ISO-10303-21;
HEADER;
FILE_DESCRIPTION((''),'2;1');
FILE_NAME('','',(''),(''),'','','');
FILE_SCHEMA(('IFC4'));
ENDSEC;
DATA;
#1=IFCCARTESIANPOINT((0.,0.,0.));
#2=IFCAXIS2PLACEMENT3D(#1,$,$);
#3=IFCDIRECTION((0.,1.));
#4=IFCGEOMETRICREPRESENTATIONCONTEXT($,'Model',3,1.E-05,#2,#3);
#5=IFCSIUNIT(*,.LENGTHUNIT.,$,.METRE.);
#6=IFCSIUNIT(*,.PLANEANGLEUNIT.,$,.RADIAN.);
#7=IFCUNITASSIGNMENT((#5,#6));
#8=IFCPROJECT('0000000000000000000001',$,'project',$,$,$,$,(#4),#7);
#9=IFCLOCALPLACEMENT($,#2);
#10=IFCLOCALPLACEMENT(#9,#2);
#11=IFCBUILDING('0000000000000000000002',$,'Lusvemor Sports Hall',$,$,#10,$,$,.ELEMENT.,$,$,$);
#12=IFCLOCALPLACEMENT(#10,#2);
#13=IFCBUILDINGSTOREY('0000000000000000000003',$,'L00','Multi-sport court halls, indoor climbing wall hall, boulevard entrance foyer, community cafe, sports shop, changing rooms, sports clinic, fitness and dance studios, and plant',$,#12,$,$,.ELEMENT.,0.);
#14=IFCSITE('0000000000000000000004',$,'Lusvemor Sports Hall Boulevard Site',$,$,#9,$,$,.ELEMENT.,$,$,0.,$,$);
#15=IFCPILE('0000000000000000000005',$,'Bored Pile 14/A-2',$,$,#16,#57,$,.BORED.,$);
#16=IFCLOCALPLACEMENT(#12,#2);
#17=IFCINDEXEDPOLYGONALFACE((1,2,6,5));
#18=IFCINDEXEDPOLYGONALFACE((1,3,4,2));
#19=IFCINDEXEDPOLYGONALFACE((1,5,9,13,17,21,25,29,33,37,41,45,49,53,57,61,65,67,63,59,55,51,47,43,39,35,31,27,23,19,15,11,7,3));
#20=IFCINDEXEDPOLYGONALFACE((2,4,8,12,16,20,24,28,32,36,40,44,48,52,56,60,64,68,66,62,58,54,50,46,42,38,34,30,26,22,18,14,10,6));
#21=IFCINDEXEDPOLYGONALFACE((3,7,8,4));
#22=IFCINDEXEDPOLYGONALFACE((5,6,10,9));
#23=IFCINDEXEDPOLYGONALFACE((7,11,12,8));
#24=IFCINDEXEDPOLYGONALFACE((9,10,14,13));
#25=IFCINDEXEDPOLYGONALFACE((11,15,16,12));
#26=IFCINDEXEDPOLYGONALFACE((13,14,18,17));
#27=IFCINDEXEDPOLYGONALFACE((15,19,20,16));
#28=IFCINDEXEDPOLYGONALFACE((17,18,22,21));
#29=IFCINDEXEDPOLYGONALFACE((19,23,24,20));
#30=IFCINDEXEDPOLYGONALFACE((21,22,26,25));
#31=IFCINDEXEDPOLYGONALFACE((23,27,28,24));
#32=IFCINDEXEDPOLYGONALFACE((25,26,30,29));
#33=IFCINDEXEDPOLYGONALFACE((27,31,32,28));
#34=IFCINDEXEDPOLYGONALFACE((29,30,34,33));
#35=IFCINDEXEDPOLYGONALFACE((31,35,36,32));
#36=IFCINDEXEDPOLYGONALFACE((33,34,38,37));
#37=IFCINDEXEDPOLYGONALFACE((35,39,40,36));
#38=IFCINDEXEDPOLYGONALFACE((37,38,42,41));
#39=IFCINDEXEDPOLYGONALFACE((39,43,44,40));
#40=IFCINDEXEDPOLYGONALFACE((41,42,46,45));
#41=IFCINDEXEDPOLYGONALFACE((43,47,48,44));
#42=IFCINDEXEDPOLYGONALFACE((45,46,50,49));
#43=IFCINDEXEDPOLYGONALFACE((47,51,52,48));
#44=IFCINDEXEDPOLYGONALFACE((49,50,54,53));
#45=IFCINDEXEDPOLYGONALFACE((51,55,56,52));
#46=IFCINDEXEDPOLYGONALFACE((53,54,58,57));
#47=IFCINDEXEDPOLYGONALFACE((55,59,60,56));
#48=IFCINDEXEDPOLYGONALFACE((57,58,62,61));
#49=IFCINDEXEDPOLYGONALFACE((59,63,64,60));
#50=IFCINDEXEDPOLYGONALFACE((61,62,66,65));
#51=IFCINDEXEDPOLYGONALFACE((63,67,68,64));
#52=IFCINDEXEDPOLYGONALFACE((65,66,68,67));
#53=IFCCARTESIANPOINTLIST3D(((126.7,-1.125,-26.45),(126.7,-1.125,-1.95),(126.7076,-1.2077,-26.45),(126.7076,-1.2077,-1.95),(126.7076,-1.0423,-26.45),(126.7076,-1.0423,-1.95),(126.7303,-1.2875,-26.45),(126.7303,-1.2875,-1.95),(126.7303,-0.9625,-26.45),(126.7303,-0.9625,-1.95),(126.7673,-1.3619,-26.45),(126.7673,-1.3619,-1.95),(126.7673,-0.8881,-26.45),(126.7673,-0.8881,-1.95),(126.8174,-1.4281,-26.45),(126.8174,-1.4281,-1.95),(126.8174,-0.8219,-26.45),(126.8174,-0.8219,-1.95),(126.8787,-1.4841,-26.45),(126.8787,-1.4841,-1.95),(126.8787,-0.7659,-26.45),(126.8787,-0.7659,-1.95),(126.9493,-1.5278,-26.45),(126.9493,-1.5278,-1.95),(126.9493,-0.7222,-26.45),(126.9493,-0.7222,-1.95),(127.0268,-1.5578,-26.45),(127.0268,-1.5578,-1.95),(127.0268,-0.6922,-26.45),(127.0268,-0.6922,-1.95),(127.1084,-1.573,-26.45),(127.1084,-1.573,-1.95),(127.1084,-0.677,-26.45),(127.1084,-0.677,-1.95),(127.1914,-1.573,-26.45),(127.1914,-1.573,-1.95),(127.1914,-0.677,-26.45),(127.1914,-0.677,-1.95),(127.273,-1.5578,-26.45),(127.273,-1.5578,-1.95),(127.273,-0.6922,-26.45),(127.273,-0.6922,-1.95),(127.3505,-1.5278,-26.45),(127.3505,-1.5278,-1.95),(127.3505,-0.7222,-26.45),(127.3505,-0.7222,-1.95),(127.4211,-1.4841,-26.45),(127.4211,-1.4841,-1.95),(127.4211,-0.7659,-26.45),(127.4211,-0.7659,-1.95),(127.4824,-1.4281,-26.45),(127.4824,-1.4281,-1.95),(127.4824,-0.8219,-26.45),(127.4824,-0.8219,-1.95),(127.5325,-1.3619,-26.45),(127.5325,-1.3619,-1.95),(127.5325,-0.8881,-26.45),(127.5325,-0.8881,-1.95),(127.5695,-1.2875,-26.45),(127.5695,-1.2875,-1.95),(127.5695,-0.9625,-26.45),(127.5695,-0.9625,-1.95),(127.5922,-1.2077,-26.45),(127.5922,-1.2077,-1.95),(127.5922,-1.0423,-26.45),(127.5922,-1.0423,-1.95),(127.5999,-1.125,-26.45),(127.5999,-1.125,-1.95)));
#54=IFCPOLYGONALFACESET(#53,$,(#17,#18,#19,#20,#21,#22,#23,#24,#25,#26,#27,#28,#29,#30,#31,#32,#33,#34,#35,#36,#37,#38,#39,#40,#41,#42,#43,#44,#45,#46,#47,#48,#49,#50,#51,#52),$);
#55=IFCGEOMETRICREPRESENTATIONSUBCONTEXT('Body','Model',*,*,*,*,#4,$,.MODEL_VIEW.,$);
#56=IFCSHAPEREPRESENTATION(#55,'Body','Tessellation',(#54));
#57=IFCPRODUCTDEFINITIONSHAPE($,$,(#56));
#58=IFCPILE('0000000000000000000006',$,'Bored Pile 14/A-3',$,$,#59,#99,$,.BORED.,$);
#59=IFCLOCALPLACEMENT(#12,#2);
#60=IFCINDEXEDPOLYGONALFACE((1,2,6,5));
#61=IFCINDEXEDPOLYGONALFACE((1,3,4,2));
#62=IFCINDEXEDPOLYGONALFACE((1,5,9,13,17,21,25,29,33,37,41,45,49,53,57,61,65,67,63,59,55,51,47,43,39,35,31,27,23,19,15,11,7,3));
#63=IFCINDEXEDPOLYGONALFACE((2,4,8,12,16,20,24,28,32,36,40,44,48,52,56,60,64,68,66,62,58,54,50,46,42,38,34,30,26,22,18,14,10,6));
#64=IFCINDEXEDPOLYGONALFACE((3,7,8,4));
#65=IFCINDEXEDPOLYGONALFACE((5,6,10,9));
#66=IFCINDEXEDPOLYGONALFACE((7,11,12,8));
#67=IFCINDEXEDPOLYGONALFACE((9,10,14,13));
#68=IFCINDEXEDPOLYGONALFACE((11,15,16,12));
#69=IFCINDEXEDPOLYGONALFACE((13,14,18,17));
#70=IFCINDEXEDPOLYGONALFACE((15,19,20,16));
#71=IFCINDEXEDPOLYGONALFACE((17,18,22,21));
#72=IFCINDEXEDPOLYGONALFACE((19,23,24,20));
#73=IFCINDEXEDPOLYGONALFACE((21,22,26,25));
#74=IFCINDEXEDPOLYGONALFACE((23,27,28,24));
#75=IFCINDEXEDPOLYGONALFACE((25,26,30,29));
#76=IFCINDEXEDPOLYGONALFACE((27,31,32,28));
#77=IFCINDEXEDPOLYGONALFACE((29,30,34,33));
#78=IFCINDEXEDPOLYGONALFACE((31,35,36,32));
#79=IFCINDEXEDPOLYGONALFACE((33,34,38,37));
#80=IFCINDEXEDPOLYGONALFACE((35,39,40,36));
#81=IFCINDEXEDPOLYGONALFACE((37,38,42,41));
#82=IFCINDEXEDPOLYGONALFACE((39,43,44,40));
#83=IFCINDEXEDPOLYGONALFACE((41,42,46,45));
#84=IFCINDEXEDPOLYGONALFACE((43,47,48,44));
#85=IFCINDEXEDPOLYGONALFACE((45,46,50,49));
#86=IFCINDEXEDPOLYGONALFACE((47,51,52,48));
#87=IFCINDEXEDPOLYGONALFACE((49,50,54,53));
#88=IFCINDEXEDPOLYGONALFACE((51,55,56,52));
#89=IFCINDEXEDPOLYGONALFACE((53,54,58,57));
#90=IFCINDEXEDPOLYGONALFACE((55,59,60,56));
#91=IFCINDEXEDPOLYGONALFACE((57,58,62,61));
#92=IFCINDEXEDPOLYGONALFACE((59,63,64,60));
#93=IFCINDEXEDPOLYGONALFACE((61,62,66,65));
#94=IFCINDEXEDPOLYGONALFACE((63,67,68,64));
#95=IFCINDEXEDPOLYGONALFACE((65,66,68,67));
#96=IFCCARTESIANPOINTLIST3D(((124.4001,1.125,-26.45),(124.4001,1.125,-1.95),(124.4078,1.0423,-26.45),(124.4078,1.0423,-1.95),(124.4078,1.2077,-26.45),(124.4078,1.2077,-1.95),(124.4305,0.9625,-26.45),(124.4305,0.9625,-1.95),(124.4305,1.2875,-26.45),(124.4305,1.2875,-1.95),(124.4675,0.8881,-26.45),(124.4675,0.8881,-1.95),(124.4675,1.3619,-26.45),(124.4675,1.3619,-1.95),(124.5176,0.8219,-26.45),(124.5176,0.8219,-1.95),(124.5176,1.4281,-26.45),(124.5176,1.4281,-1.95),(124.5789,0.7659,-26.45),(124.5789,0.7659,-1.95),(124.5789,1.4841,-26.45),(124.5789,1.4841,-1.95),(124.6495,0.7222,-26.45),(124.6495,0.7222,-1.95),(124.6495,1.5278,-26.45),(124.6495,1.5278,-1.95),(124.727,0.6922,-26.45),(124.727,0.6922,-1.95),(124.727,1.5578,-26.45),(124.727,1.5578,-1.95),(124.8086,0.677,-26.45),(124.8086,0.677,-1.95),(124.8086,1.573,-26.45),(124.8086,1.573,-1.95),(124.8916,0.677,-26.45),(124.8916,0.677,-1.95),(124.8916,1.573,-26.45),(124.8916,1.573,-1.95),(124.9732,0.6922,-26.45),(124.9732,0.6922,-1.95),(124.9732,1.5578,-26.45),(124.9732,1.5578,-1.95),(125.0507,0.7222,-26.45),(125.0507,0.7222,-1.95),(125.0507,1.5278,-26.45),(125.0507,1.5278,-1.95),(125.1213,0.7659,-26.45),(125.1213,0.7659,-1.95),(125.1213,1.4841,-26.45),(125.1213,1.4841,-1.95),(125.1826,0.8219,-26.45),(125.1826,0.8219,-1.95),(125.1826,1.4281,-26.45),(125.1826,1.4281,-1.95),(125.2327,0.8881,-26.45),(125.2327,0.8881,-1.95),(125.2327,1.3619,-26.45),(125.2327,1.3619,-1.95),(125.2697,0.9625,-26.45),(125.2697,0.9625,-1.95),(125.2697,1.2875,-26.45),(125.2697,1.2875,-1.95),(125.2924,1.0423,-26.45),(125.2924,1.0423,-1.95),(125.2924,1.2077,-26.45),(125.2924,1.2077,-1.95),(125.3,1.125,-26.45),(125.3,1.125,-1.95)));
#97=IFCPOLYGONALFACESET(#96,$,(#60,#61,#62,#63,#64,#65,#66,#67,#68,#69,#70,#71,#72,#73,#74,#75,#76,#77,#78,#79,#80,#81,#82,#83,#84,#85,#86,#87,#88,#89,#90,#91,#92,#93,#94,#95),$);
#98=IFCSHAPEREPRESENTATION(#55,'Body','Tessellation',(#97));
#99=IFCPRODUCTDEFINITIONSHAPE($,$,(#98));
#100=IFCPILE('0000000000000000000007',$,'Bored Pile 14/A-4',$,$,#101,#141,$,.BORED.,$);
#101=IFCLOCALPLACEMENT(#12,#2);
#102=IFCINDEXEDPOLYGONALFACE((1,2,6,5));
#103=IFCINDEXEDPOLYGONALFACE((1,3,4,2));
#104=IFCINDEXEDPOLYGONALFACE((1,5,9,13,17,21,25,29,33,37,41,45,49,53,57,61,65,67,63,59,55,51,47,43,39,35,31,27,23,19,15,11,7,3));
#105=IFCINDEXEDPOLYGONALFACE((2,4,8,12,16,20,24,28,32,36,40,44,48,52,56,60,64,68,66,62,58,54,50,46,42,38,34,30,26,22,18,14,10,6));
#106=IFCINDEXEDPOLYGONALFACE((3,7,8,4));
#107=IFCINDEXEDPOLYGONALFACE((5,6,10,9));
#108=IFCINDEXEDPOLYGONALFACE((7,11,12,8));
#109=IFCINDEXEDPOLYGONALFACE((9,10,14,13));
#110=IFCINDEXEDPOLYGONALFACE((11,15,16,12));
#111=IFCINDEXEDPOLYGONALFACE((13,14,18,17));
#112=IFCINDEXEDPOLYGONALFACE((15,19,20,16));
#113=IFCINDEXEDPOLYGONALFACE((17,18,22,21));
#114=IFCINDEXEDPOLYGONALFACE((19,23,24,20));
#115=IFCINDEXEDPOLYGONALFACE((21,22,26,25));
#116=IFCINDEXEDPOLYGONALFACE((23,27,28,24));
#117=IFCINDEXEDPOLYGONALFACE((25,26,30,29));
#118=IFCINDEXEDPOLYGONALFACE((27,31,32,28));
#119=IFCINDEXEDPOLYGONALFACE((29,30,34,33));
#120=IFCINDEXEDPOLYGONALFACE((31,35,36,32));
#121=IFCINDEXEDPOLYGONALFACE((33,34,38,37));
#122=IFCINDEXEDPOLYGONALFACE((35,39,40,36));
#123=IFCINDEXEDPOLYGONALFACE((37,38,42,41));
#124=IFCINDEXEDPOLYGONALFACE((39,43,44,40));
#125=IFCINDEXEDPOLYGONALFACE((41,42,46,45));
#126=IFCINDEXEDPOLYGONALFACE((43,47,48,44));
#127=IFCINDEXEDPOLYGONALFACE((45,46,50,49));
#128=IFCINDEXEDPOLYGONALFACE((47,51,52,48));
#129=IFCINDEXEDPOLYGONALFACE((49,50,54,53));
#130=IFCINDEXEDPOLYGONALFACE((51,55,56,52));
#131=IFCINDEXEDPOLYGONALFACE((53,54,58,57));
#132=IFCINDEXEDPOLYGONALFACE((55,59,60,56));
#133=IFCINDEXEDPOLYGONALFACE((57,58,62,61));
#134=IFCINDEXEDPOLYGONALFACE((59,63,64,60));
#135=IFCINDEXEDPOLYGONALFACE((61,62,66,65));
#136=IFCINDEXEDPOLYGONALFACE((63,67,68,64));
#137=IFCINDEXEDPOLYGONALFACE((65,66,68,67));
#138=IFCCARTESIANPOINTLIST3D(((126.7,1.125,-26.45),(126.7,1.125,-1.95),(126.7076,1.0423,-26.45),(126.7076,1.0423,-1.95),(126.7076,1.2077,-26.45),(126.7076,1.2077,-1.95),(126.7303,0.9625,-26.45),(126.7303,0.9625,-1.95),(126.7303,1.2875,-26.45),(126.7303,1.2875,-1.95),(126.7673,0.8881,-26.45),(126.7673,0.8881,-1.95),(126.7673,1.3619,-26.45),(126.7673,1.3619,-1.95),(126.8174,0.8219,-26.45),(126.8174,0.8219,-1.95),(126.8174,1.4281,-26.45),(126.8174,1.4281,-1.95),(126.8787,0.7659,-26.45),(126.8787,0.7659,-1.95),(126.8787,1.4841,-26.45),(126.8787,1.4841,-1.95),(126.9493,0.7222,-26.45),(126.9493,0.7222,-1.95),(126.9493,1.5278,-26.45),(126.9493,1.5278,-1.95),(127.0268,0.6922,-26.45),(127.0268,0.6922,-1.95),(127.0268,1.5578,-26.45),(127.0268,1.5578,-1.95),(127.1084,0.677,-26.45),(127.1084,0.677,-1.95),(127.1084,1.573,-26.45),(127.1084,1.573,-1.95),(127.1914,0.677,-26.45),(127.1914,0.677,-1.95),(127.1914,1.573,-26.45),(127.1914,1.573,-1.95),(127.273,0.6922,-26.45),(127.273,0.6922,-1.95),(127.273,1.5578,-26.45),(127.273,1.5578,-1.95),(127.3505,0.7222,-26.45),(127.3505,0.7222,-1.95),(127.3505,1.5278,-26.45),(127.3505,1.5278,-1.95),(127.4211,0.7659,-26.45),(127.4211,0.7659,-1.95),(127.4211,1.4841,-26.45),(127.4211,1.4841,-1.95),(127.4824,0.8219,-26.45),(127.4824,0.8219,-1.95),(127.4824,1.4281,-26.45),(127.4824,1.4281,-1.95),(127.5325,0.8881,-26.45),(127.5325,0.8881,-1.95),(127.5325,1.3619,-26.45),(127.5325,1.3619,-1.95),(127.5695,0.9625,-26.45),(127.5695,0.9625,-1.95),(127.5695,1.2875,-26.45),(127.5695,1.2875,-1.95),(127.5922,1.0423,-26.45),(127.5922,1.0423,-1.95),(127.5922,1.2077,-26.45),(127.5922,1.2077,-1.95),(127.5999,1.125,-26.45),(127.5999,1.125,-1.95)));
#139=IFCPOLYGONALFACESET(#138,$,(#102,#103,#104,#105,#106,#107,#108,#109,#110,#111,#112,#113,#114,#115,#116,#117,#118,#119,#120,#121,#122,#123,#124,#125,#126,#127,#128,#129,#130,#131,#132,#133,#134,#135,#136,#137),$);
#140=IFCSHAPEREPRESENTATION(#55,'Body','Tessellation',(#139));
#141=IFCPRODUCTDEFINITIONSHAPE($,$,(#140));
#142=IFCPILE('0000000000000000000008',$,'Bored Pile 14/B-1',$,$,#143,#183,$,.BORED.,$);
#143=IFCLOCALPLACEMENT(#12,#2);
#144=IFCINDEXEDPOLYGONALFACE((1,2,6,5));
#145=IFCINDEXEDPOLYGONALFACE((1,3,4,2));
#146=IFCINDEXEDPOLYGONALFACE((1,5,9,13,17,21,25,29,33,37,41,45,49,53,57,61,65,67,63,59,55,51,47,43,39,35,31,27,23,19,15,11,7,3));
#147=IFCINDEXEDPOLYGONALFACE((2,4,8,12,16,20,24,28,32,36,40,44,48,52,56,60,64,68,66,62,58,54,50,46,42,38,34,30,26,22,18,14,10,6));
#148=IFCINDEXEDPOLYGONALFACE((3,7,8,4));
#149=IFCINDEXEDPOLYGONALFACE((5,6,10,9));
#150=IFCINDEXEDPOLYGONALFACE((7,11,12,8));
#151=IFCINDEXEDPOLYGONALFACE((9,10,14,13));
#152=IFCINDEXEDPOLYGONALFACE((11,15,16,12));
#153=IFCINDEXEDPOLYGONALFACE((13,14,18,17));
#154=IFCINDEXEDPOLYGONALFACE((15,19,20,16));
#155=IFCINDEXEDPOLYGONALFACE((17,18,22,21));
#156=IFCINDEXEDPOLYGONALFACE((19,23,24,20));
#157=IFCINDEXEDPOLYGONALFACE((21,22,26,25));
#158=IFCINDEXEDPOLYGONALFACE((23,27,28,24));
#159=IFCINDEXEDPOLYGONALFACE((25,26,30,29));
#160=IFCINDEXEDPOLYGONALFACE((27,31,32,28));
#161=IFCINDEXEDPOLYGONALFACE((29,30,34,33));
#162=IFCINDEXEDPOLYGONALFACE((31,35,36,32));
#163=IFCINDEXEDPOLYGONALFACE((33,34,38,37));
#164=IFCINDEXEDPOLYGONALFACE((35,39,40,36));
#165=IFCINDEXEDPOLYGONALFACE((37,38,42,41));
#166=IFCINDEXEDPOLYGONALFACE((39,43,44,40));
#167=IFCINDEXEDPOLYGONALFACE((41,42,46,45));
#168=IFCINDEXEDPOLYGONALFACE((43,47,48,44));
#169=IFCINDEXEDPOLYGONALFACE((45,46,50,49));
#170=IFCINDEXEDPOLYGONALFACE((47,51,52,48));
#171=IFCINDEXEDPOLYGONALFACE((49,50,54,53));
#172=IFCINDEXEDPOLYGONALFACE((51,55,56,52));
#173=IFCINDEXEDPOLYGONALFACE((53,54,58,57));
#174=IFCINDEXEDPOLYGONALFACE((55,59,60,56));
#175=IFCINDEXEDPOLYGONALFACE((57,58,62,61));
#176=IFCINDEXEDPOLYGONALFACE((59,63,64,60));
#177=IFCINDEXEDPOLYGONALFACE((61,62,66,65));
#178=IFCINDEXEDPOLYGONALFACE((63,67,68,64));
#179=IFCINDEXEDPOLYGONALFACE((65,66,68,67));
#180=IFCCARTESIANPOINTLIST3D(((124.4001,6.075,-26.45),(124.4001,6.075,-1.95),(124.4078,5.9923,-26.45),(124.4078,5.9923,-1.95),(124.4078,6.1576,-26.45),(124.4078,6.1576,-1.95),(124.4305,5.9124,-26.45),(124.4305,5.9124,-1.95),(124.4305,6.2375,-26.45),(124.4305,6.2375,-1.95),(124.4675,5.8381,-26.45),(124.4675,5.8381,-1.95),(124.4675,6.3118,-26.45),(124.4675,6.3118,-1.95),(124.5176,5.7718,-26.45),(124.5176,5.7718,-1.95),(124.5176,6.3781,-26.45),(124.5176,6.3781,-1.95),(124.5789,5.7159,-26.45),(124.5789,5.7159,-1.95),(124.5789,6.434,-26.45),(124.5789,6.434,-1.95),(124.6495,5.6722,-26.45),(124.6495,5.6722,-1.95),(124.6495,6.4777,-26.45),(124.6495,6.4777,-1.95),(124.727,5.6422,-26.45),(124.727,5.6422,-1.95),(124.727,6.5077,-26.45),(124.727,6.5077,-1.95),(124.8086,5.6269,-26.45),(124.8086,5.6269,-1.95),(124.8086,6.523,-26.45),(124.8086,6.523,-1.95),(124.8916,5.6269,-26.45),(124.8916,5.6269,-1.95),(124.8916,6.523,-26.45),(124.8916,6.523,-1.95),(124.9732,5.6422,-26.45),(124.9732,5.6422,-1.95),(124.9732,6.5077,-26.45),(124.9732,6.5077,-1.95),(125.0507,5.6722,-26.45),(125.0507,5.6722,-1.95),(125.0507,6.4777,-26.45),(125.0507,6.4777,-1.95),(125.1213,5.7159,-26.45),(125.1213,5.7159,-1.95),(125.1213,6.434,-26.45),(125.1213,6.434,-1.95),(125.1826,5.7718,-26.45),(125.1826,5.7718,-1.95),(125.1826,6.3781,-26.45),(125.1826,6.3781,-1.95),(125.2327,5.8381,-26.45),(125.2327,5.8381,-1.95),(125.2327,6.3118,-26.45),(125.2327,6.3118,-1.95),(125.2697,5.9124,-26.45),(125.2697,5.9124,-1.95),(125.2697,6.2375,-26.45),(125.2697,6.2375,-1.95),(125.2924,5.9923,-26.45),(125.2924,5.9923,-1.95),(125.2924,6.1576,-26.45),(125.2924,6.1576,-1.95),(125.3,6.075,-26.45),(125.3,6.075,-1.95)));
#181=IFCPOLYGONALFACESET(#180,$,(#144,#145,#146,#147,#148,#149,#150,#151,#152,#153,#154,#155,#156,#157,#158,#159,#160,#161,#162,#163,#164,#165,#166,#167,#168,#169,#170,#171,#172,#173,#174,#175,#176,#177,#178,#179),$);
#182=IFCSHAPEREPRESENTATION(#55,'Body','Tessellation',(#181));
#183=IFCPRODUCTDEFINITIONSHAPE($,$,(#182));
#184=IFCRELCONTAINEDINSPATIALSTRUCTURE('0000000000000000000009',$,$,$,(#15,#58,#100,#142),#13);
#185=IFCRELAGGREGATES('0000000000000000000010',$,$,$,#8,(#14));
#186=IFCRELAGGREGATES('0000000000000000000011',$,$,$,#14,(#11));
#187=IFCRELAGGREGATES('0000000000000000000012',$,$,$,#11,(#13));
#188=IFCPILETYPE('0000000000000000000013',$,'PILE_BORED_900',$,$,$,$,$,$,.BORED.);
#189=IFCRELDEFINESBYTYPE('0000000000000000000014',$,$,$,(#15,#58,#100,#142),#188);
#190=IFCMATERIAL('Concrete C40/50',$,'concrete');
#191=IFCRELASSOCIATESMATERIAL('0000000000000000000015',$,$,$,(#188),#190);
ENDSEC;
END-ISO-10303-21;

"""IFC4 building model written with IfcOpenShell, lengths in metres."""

from ifc_helpers import new_model, si_unit, direction, frame, origin, origin_2d, place, context, subcontext, project, spatial, circle, extrude, material, material_profile, profile_set, type_object, element, save


model = new_model("IFC4")

# Units and contexts
model_context = context("Model", 3, precision=1e-05, world=origin(), true_north=direction((0.0, 1.0)))
body_context = subcontext(model_context, "Body", "Model", "MODEL_VIEW")
ifc_project = project(units=[si_unit("LENGTHUNIT", "METRE"), si_unit("PLANEANGLEUNIT", "RADIAN")], contexts=[model_context])

# Site, building, storey
site_placement = place(None, origin())
site = spatial("IfcSite", under=ifc_project, at=site_placement, Name="Lusvemor Sports Hall Boulevard Site", CompositionType="ELEMENT", RefElevation=0.0)
building_placement = place(site_placement, origin())
building = spatial("IfcBuilding", under=site, at=building_placement, Name="Lusvemor Sports Hall", CompositionType="ELEMENT")
storey_placement = place(building_placement, origin())
storey = spatial("IfcBuildingStorey", under=building, at=storey_placement, Name="L00", Description="Multi-sport court halls, indoor climbing wall hall, boulevard entrance foyer, community cafe, sports shop, changing rooms, sports clinic, fitness and dance studios, and plant", CompositionType="ELEMENT", Elevation=0.0)

# Piles
ifc_material_1 = material(Name="Concrete C40/50", Category="concrete")
ifc_material_profile_1 = material_profile(ifc_material_1, circle(Radius=0.45, at=origin_2d()), Name="PILE900")
ifc_profile_set_1 = profile_set([ifc_material_profile_1], Name="Concrete C40/50")
pile_type = type_object("IfcPileType", Name="PILE_BORED_900", PredefinedType="BORED", material=ifc_profile_set_1)
for number, where, z_axis, x_axis, name in (
    (1, (127.1499, -1.125, -1.95), (0.0, 0.0, -1.0), (1.0, 0.0, 0.0), "Bored Pile 14/A-2"),
    (2, (124.8501, 1.125, -1.95), (0.0, 0.0, -1.0), (1.0, 0.0, 0.0), "Bored Pile 14/A-3"),
    (3, (127.1499, 1.125, -1.95), (0.0, 0.0, -1.0), (1.0, 0.0, 0.0), "Bored Pile 14/A-4"),
    (4, (124.8501, 6.075, -1.95), (0.0, 0.0, -1.0), (1.0, 0.0, 0.0), "Bored Pile 14/B-1"),
):
    element("IfcPile", number, at=place(storey_placement, frame(where, z_axis=z_axis, x_axis=x_axis)), inside=storey, type_object=pile_type, Name=name, PredefinedType="BORED", context=body_context, shape_type="SweptSolid", body=[
        extrude(circle(Radius=0.45, at=origin_2d()), origin(), (0.0, 0.0, 1.0), 24.5),
    ])

save(model, "model.ifc")
